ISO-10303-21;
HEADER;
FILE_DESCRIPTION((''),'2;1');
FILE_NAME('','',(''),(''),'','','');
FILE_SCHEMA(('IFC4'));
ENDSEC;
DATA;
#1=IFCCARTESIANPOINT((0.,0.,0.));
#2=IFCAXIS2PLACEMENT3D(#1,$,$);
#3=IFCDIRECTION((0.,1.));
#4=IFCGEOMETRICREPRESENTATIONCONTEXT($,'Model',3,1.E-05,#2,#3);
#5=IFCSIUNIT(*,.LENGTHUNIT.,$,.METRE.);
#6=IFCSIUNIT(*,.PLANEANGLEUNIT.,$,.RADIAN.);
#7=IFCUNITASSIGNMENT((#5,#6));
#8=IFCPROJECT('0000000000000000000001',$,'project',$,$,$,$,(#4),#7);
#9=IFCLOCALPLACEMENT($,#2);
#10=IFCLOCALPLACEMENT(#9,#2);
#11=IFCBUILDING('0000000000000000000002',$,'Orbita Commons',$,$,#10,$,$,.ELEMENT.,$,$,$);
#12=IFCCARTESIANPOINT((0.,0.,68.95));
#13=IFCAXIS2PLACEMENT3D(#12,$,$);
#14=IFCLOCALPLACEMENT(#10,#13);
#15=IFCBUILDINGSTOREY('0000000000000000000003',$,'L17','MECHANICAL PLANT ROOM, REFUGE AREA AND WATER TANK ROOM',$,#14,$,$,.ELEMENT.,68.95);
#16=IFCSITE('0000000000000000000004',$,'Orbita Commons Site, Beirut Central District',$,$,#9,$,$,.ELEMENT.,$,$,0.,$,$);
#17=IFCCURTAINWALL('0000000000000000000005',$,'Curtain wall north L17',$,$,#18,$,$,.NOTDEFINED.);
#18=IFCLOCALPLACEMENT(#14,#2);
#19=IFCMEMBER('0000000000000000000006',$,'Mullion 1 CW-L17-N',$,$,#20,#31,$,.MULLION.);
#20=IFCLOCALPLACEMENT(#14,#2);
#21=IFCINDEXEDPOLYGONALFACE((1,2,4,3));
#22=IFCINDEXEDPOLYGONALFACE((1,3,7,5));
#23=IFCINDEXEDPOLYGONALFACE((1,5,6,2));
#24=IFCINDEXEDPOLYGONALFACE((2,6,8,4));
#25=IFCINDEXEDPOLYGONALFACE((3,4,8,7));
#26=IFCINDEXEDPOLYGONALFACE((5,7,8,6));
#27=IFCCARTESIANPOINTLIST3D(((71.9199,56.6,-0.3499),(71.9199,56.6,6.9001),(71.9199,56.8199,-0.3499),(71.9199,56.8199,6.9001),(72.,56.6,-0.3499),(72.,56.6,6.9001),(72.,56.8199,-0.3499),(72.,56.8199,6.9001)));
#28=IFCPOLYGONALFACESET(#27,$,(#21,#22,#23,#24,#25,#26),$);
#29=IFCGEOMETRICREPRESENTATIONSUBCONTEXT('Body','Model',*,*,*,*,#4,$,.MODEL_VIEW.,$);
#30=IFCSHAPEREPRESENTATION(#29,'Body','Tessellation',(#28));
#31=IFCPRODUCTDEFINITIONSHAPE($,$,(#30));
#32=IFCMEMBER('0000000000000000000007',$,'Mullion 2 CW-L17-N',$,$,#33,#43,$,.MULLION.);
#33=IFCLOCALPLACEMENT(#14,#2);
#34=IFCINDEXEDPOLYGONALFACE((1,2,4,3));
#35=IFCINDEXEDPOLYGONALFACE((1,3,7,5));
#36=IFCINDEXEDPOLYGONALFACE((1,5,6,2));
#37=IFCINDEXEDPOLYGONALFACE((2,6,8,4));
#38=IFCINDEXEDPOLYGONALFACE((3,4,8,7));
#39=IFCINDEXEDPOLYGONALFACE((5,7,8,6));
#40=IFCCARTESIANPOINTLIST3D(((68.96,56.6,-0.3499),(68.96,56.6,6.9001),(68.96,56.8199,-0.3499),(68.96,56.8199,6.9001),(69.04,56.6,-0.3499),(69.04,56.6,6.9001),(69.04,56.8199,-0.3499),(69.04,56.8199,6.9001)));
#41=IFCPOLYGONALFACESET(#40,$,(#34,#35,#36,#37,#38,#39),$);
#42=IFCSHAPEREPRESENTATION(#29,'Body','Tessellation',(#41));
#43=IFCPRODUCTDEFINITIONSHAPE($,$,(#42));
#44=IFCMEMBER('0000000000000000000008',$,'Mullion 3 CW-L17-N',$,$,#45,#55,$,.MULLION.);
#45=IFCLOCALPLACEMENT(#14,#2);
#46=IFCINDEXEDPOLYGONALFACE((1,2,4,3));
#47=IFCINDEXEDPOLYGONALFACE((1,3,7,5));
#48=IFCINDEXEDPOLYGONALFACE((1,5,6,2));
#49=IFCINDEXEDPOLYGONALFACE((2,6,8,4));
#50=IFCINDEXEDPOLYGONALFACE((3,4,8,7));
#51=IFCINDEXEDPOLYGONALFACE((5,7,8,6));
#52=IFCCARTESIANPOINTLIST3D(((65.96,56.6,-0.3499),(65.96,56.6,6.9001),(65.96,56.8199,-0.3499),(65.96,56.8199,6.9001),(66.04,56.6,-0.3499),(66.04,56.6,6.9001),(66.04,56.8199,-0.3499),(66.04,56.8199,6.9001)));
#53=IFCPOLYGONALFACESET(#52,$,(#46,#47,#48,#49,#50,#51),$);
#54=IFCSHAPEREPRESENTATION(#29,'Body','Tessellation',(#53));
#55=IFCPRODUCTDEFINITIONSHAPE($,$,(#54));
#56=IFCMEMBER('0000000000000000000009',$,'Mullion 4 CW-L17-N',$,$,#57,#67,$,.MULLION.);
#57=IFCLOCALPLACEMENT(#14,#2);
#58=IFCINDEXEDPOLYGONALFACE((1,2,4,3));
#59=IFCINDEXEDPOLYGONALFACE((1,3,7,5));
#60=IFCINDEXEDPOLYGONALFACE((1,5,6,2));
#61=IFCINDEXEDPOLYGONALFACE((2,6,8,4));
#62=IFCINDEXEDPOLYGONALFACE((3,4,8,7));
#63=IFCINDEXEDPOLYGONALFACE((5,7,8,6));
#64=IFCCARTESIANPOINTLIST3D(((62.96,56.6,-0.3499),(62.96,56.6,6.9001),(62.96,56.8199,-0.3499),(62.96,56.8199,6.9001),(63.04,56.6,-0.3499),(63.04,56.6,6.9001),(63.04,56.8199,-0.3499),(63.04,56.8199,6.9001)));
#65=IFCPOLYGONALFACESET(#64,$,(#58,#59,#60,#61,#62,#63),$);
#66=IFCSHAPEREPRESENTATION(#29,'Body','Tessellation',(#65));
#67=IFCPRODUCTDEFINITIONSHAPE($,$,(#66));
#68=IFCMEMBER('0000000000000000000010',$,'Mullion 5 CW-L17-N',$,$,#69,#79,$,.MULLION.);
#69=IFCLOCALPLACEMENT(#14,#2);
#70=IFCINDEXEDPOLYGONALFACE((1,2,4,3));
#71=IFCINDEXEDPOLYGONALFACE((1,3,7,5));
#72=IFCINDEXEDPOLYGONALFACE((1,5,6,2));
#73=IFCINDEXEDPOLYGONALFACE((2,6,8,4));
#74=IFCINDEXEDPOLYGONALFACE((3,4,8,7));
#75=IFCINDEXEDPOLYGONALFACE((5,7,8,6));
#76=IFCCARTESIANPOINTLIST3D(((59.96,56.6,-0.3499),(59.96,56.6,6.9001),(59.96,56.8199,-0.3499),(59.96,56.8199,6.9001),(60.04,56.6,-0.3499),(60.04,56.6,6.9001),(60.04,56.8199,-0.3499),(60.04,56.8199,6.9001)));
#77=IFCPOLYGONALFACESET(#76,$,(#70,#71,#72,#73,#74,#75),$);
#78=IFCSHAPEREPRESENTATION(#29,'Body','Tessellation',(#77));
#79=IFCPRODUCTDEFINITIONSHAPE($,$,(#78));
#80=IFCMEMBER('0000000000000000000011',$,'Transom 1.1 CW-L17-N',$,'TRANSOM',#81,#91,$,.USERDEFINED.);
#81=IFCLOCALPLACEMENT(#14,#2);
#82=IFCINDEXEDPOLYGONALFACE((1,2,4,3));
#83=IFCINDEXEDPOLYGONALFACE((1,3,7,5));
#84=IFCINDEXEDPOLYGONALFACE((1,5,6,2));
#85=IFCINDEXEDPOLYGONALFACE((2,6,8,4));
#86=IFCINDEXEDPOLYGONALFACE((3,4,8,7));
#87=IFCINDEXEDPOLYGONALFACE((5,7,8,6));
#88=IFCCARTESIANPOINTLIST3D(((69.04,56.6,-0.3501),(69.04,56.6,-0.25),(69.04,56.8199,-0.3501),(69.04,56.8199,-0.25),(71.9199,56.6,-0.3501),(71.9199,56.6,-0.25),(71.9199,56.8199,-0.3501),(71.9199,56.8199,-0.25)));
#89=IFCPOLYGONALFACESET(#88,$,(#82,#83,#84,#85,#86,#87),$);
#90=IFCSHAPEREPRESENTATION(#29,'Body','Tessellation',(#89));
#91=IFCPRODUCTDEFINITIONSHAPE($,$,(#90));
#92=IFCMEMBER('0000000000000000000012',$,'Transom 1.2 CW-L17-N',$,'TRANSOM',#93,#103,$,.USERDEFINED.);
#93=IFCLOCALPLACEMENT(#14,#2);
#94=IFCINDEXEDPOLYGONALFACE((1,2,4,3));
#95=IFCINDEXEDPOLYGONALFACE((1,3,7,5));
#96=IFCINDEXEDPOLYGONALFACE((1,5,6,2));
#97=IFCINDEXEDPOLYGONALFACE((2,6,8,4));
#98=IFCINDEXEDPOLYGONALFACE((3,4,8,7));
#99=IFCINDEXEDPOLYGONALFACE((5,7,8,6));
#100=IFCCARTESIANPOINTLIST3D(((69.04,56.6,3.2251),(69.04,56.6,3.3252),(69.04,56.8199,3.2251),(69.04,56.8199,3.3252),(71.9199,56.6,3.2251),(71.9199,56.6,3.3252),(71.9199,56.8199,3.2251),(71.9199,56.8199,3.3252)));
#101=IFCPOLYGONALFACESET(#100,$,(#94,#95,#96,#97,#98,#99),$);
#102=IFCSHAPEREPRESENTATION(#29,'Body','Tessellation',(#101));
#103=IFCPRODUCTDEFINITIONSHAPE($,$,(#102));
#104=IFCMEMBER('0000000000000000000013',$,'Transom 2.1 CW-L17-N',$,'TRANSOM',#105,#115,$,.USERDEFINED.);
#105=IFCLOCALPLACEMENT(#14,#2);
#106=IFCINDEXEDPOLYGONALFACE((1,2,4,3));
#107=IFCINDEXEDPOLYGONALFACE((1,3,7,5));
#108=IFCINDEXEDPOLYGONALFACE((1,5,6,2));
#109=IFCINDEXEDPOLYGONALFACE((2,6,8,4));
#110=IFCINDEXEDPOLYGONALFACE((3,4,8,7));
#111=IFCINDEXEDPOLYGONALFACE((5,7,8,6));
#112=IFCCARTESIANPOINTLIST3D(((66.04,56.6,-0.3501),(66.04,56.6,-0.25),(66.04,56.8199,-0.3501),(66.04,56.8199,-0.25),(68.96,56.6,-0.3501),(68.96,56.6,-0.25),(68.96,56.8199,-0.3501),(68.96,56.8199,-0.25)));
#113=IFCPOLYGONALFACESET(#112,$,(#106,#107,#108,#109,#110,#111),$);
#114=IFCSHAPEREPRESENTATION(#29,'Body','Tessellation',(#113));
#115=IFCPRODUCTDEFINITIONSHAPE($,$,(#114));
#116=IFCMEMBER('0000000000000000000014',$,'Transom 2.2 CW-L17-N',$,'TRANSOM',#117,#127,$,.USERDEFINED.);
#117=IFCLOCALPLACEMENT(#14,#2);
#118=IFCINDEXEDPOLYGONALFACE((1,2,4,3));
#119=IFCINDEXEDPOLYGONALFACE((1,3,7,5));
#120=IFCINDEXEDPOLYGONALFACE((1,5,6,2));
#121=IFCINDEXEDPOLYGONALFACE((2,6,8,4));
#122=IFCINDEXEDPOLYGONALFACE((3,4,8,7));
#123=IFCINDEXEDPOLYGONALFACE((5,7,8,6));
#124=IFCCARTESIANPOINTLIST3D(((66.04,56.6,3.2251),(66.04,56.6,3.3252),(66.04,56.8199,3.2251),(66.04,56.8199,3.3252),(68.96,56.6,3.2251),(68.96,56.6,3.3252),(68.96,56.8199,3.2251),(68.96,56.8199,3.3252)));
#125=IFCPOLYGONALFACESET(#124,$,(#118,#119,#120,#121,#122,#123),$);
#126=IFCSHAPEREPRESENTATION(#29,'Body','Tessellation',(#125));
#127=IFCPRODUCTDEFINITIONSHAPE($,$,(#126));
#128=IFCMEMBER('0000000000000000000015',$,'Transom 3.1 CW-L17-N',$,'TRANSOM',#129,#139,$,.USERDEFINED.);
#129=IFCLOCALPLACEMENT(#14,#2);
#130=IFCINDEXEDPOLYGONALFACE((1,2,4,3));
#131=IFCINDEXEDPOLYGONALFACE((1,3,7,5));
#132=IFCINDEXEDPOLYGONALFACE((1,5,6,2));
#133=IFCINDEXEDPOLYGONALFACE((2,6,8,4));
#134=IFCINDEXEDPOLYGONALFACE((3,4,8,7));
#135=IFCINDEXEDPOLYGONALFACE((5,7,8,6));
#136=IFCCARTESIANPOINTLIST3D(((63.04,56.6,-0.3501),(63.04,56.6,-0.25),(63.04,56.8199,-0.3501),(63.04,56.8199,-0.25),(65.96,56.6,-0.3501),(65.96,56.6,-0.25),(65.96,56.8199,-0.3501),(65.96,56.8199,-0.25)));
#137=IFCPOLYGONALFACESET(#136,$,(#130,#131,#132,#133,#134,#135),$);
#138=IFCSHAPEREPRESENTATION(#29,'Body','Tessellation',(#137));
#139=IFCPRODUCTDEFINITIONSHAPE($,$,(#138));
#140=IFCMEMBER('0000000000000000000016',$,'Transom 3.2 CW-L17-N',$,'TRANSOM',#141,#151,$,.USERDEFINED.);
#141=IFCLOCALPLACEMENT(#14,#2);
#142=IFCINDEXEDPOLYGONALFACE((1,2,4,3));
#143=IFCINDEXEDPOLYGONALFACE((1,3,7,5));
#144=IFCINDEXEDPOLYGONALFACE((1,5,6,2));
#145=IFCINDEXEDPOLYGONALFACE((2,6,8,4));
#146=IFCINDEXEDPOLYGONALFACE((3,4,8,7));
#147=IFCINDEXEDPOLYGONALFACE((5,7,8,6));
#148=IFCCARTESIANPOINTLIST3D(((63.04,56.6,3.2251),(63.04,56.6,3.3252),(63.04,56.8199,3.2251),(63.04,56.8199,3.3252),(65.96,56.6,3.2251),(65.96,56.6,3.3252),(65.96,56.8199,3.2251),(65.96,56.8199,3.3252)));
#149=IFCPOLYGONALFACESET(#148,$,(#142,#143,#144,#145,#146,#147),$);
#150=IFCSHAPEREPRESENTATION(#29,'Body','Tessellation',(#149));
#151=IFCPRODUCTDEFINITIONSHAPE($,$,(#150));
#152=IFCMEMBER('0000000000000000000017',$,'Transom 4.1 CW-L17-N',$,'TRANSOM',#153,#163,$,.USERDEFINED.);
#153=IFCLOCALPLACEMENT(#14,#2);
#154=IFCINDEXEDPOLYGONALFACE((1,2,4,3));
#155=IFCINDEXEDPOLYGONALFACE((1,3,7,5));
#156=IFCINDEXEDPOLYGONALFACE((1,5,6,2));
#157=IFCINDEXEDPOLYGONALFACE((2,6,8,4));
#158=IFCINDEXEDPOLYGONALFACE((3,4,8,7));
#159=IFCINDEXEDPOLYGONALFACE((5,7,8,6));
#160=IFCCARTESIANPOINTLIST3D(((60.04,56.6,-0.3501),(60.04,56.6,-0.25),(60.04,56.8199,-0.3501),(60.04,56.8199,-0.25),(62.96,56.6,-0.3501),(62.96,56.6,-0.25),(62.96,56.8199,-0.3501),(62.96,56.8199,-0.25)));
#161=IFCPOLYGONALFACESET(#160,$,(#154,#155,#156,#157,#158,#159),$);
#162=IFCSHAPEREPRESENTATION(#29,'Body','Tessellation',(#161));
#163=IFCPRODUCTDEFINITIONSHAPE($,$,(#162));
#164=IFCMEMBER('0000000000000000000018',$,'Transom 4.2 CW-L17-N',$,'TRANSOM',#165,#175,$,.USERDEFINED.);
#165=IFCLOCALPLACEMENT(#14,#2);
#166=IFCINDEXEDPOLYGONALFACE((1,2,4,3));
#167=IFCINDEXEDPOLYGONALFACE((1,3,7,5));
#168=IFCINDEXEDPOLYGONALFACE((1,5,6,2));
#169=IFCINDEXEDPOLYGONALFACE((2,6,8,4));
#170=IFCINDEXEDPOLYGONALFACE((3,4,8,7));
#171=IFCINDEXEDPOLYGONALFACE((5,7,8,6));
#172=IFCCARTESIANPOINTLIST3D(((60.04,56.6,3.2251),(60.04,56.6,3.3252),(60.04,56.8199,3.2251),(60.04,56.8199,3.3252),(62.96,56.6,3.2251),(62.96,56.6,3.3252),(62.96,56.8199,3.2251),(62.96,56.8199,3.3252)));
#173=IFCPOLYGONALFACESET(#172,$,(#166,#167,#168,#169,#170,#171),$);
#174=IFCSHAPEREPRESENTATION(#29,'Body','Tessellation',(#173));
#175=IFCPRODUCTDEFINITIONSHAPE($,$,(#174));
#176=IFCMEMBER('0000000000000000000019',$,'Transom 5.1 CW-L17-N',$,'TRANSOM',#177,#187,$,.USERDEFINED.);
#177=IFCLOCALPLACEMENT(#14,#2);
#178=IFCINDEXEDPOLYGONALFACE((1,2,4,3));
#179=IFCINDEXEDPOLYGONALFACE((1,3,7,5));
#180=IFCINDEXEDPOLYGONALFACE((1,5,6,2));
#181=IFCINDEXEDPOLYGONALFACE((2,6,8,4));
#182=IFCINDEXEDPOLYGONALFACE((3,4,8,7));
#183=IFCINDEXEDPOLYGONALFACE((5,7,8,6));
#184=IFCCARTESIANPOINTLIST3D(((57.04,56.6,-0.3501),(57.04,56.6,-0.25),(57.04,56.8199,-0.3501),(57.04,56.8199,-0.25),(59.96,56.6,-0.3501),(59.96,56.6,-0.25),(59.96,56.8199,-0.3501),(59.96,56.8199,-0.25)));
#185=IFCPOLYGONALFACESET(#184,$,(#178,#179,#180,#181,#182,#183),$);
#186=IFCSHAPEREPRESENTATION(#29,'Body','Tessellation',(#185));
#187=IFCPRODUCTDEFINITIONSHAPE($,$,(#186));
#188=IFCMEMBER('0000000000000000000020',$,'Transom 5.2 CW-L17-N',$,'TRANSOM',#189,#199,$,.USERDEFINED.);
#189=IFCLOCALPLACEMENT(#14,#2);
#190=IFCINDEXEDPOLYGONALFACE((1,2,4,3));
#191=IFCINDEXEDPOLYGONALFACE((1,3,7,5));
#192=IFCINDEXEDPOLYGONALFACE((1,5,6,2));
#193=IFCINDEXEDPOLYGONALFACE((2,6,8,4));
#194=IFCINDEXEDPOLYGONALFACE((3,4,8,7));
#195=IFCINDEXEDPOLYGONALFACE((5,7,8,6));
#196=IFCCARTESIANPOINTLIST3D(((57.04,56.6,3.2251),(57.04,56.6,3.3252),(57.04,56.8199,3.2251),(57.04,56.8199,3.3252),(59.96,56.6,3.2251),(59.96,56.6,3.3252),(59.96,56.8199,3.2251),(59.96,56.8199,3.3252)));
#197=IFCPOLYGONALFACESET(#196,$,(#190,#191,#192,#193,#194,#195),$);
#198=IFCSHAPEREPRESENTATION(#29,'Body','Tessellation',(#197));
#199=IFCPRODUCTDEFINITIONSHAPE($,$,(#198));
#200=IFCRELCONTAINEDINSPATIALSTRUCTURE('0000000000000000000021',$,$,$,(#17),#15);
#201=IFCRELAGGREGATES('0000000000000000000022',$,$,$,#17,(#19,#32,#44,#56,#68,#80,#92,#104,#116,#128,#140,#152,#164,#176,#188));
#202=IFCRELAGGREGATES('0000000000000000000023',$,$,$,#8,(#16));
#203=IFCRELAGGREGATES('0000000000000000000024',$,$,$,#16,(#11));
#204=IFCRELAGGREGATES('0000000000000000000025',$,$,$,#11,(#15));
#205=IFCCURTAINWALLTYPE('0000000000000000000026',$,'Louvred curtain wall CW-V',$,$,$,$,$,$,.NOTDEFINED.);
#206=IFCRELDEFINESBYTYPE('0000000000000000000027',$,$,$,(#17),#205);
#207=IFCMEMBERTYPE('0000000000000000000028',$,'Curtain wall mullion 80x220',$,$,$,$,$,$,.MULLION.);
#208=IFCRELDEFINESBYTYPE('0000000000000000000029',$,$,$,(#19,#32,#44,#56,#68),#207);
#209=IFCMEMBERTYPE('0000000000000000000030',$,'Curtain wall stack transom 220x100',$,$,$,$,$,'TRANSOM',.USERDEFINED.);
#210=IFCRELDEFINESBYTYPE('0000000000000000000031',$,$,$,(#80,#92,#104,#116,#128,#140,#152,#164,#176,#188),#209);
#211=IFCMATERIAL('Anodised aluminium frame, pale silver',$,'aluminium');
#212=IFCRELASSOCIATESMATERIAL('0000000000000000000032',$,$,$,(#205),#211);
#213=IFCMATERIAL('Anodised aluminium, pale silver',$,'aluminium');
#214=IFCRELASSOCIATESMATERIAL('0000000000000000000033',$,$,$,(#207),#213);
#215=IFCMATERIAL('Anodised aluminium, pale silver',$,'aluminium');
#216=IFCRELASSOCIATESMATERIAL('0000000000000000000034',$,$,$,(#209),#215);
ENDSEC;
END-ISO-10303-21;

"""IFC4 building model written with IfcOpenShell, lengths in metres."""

from ifc_helpers import new_model, si_unit, direction, frame, origin, origin_2d, place, context, subcontext, project, spatial, rectangle, extrude, material, material_profile, profile_set, type_object, element, aggregate, save


model = new_model("IFC4")

# Units and contexts
model_context = context("Model", 3, precision=1e-05, world=origin(), true_north=direction((0.0, 1.0)))
body_context = subcontext(model_context, "Body", "Model", "MODEL_VIEW")
ifc_project = project(units=[si_unit("LENGTHUNIT", "METRE"), si_unit("PLANEANGLEUNIT", "RADIAN")], contexts=[model_context])

# Site, building, storey
site_placement = place(None, origin())
site = spatial("IfcSite", under=ifc_project, at=site_placement, Name="Orbita Commons Site, Beirut Central District", CompositionType="ELEMENT", RefElevation=0.0)
building_placement = place(site_placement, origin())
building = spatial("IfcBuilding", under=site, at=building_placement, Name="Orbita Commons", CompositionType="ELEMENT")
storey_placement = place(building_placement, frame((0.0, 0.0, 68.95)))
storey = spatial("IfcBuildingStorey", under=building, at=storey_placement, Name="L17", Description="MECHANICAL PLANT ROOM, REFUGE AREA AND WATER TANK ROOM", CompositionType="ELEMENT", Elevation=68.95)

# Curtain wall, members
ifc_material_1 = material(Name="Anodised aluminium frame, pale silver", Category="aluminium")
curtain_wall_type = type_object("IfcCurtainWallType", Name="Louvred curtain wall CW-V", PredefinedType="NOTDEFINED", material=ifc_material_1)
curtain_wall_placement = place(storey_placement, origin())
curtain_wall = element("IfcCurtainWall", 1, at=curtain_wall_placement, inside=storey, type_object=curtain_wall_type, Name="Curtain wall north L17", PredefinedType="NOTDEFINED")
ifc_material_2 = material(Name="Anodised aluminium, pale silver", Category="aluminium")
ifc_material_profile_1 = material_profile(ifc_material_2, rectangle(XDim=0.0801, YDim=0.22, at=origin_2d()), Name="AL 80x220")
ifc_profile_set_1 = profile_set([ifc_material_profile_1], Name="Anodised aluminium, pale silver")
member_type_1 = type_object("IfcMemberType", Name="Curtain wall mullion 80x220", PredefinedType="MULLION", material=ifc_profile_set_1)
member_1_placement = place(storey_placement, frame((71.96, 56.71, -0.3499), z_axis=(0.0, 0.0, 1.0), x_axis=(-1.0, 0.0, 0.0)))
member_1 = element("IfcMember", 2, at=member_1_placement, type_object=member_type_1, Name="Mullion 1 CW-L17-N", PredefinedType="MULLION", context=body_context, shape_type="SweptSolid", body=[
    extrude(rectangle(XDim=0.0801, YDim=0.22, at=origin_2d()), origin(), (0.0, 0.0, 1.0), 7.25),
])
member_2_placement = place(storey_placement, frame((69.0, 56.71, -0.3499), z_axis=(0.0, 0.0, 1.0), x_axis=(-1.0, 0.0, 0.0)))
member_2 = element("IfcMember", 3, at=member_2_placement, type_object=member_type_1, Name="Mullion 2 CW-L17-N", PredefinedType="MULLION", context=body_context, shape_type="SweptSolid", body=[
    extrude(rectangle(XDim=0.0801, YDim=0.22, at=origin_2d()), origin(), (0.0, 0.0, 1.0), 7.25),
])
member_3_placement = place(storey_placement, frame((66.0, 56.71, -0.3499), z_axis=(0.0, 0.0, 1.0), x_axis=(-1.0, 0.0, 0.0)))
member_3 = element("IfcMember", 4, at=member_3_placement, type_object=member_type_1, Name="Mullion 3 CW-L17-N", PredefinedType="MULLION", context=body_context, shape_type="SweptSolid", body=[
    extrude(rectangle(XDim=0.0801, YDim=0.22, at=origin_2d()), origin(), (0.0, 0.0, 1.0), 7.25),
])
member_4_placement = place(storey_placement, frame((63.0, 56.71, -0.3499), z_axis=(0.0, 0.0, 1.0), x_axis=(-1.0, 0.0, 0.0)))
member_4 = element("IfcMember", 5, at=member_4_placement, type_object=member_type_1, Name="Mullion 4 CW-L17-N", PredefinedType="MULLION", context=body_context, shape_type="SweptSolid", body=[
    extrude(rectangle(XDim=0.0801, YDim=0.22, at=origin_2d()), origin(), (0.0, 0.0, 1.0), 7.25),
])
member_5_placement = place(storey_placement, frame((60.0, 56.71, -0.3499), z_axis=(0.0, 0.0, 1.0), x_axis=(-1.0, 0.0, 0.0)))
member_5 = element("IfcMember", 6, at=member_5_placement, type_object=member_type_1, Name="Mullion 5 CW-L17-N", PredefinedType="MULLION", context=body_context, shape_type="SweptSolid", body=[
    extrude(rectangle(XDim=0.0801, YDim=0.22, at=origin_2d()), origin(), (0.0, 0.0, 1.0), 7.25),
])
ifc_material_3 = material(Name="Anodised aluminium, pale silver", Category="aluminium")
ifc_material_profile_2 = material_profile(ifc_material_3, rectangle(XDim=0.22, YDim=0.1001, at=origin_2d()), Name="AL 220x100")
ifc_profile_set_2 = profile_set([ifc_material_profile_2], Name="Anodised aluminium, pale silver")
member_type_2 = type_object("IfcMemberType", Name="Curtain wall stack transom 220x100", ElementType="TRANSOM", PredefinedType="USERDEFINED", material=ifc_profile_set_2)
member_6_placement = place(storey_placement, frame((71.9199, 56.71, -0.3), z_axis=(-1.0, 0.0, 0.0), x_axis=(0.0, -1.0, 0.0)))
member_6 = element("IfcMember", 7, at=member_6_placement, type_object=member_type_2, Name="Transom 1.1 CW-L17-N", ObjectType="TRANSOM", PredefinedType="USERDEFINED", context=body_context, shape_type="SweptSolid", body=[
    extrude(rectangle(XDim=0.22, YDim=0.1001, at=origin_2d()), origin(), (0.0, 0.0, 1.0), 2.8799),
])
member_7_placement = place(storey_placement, frame((71.9199, 56.71, 3.2751), z_axis=(-1.0, 0.0, 0.0), x_axis=(0.0, -1.0, 0.0)))
member_7 = element("IfcMember", 8, at=member_7_placement, type_object=member_type_2, Name="Transom 1.2 CW-L17-N", ObjectType="TRANSOM", PredefinedType="USERDEFINED", context=body_context, shape_type="SweptSolid", body=[
    extrude(rectangle(XDim=0.22, YDim=0.1001, at=origin_2d()), origin(), (0.0, 0.0, 1.0), 2.8799),
])
member_8_placement = place(storey_placement, frame((68.96, 56.71, -0.3), z_axis=(-1.0, 0.0, 0.0), x_axis=(0.0, -1.0, 0.0)))
member_8 = element("IfcMember", 9, at=member_8_placement, type_object=member_type_2, Name="Transom 2.1 CW-L17-N", ObjectType="TRANSOM", PredefinedType="USERDEFINED", context=body_context, shape_type="SweptSolid", body=[
    extrude(rectangle(XDim=0.22, YDim=0.1001, at=origin_2d()), origin(), (0.0, 0.0, 1.0), 2.9199),
])
member_9_placement = place(storey_placement, frame((68.96, 56.71, 3.2751), z_axis=(-1.0, 0.0, 0.0), x_axis=(0.0, -1.0, 0.0)))
member_9 = element("IfcMember", 10, at=member_9_placement, type_object=member_type_2, Name="Transom 2.2 CW-L17-N", ObjectType="TRANSOM", PredefinedType="USERDEFINED", context=body_context, shape_type="SweptSolid", body=[
    extrude(rectangle(XDim=0.22, YDim=0.1001, at=origin_2d()), origin(), (0.0, 0.0, 1.0), 2.9199),
])
member_10_placement = place(storey_placement, frame((65.96, 56.71, -0.3), z_axis=(-1.0, 0.0, 0.0), x_axis=(0.0, -1.0, 0.0)))
member_10 = element("IfcMember", 11, at=member_10_placement, type_object=member_type_2, Name="Transom 3.1 CW-L17-N", ObjectType="TRANSOM", PredefinedType="USERDEFINED", context=body_context, shape_type="SweptSolid", body=[
    extrude(rectangle(XDim=0.22, YDim=0.1001, at=origin_2d()), origin(), (0.0, 0.0, 1.0), 2.9199),
])
member_11_placement = place(storey_placement, frame((65.96, 56.71, 3.2751), z_axis=(-1.0, 0.0, 0.0), x_axis=(0.0, -1.0, 0.0)))
member_11 = element("IfcMember", 12, at=member_11_placement, type_object=member_type_2, Name="Transom 3.2 CW-L17-N", ObjectType="TRANSOM", PredefinedType="USERDEFINED", context=body_context, shape_type="SweptSolid", body=[
    extrude(rectangle(XDim=0.22, YDim=0.1001, at=origin_2d()), origin(), (0.0, 0.0, 1.0), 2.9199),
])
member_12_placement = place(storey_placement, frame((62.96, 56.71, -0.3), z_axis=(-1.0, 0.0, 0.0), x_axis=(0.0, -1.0, 0.0)))
member_12 = element("IfcMember", 13, at=member_12_placement, type_object=member_type_2, Name="Transom 4.1 CW-L17-N", ObjectType="TRANSOM", PredefinedType="USERDEFINED", context=body_context, shape_type="SweptSolid", body=[
    extrude(rectangle(XDim=0.22, YDim=0.1001, at=origin_2d()), origin(), (0.0, 0.0, 1.0), 2.9199),
])
member_13_placement = place(storey_placement, frame((62.96, 56.71, 3.2751), z_axis=(-1.0, 0.0, 0.0), x_axis=(0.0, -1.0, 0.0)))
member_13 = element("IfcMember", 14, at=member_13_placement, type_object=member_type_2, Name="Transom 4.2 CW-L17-N", ObjectType="TRANSOM", PredefinedType="USERDEFINED", context=body_context, shape_type="SweptSolid", body=[
    extrude(rectangle(XDim=0.22, YDim=0.1001, at=origin_2d()), origin(), (0.0, 0.0, 1.0), 2.9199),
])
member_14_placement = place(storey_placement, frame((59.96, 56.71, -0.3), z_axis=(-1.0, 0.0, 0.0), x_axis=(0.0, -1.0, 0.0)))
member_14 = element("IfcMember", 15, at=member_14_placement, type_object=member_type_2, Name="Transom 5.1 CW-L17-N", ObjectType="TRANSOM", PredefinedType="USERDEFINED", context=body_context, shape_type="SweptSolid", body=[
    extrude(rectangle(XDim=0.22, YDim=0.1001, at=origin_2d()), origin(), (0.0, 0.0, 1.0), 2.9199),
])
member_15_placement = place(storey_placement, frame((59.96, 56.71, 3.2751), z_axis=(-1.0, 0.0, 0.0), x_axis=(0.0, -1.0, 0.0)))
member_15 = element("IfcMember", 16, at=member_15_placement, type_object=member_type_2, Name="Transom 5.2 CW-L17-N", ObjectType="TRANSOM", PredefinedType="USERDEFINED", context=body_context, shape_type="SweptSolid", body=[
    extrude(rectangle(XDim=0.22, YDim=0.1001, at=origin_2d()), origin(), (0.0, 0.0, 1.0), 2.9199),
])
aggregate(curtain_wall, [member_1, member_2, member_3, member_4, member_5, member_6, member_7, member_8, member_9, member_10, member_11, member_12, member_13, member_14, member_15])

save(model, "model.ifc")
